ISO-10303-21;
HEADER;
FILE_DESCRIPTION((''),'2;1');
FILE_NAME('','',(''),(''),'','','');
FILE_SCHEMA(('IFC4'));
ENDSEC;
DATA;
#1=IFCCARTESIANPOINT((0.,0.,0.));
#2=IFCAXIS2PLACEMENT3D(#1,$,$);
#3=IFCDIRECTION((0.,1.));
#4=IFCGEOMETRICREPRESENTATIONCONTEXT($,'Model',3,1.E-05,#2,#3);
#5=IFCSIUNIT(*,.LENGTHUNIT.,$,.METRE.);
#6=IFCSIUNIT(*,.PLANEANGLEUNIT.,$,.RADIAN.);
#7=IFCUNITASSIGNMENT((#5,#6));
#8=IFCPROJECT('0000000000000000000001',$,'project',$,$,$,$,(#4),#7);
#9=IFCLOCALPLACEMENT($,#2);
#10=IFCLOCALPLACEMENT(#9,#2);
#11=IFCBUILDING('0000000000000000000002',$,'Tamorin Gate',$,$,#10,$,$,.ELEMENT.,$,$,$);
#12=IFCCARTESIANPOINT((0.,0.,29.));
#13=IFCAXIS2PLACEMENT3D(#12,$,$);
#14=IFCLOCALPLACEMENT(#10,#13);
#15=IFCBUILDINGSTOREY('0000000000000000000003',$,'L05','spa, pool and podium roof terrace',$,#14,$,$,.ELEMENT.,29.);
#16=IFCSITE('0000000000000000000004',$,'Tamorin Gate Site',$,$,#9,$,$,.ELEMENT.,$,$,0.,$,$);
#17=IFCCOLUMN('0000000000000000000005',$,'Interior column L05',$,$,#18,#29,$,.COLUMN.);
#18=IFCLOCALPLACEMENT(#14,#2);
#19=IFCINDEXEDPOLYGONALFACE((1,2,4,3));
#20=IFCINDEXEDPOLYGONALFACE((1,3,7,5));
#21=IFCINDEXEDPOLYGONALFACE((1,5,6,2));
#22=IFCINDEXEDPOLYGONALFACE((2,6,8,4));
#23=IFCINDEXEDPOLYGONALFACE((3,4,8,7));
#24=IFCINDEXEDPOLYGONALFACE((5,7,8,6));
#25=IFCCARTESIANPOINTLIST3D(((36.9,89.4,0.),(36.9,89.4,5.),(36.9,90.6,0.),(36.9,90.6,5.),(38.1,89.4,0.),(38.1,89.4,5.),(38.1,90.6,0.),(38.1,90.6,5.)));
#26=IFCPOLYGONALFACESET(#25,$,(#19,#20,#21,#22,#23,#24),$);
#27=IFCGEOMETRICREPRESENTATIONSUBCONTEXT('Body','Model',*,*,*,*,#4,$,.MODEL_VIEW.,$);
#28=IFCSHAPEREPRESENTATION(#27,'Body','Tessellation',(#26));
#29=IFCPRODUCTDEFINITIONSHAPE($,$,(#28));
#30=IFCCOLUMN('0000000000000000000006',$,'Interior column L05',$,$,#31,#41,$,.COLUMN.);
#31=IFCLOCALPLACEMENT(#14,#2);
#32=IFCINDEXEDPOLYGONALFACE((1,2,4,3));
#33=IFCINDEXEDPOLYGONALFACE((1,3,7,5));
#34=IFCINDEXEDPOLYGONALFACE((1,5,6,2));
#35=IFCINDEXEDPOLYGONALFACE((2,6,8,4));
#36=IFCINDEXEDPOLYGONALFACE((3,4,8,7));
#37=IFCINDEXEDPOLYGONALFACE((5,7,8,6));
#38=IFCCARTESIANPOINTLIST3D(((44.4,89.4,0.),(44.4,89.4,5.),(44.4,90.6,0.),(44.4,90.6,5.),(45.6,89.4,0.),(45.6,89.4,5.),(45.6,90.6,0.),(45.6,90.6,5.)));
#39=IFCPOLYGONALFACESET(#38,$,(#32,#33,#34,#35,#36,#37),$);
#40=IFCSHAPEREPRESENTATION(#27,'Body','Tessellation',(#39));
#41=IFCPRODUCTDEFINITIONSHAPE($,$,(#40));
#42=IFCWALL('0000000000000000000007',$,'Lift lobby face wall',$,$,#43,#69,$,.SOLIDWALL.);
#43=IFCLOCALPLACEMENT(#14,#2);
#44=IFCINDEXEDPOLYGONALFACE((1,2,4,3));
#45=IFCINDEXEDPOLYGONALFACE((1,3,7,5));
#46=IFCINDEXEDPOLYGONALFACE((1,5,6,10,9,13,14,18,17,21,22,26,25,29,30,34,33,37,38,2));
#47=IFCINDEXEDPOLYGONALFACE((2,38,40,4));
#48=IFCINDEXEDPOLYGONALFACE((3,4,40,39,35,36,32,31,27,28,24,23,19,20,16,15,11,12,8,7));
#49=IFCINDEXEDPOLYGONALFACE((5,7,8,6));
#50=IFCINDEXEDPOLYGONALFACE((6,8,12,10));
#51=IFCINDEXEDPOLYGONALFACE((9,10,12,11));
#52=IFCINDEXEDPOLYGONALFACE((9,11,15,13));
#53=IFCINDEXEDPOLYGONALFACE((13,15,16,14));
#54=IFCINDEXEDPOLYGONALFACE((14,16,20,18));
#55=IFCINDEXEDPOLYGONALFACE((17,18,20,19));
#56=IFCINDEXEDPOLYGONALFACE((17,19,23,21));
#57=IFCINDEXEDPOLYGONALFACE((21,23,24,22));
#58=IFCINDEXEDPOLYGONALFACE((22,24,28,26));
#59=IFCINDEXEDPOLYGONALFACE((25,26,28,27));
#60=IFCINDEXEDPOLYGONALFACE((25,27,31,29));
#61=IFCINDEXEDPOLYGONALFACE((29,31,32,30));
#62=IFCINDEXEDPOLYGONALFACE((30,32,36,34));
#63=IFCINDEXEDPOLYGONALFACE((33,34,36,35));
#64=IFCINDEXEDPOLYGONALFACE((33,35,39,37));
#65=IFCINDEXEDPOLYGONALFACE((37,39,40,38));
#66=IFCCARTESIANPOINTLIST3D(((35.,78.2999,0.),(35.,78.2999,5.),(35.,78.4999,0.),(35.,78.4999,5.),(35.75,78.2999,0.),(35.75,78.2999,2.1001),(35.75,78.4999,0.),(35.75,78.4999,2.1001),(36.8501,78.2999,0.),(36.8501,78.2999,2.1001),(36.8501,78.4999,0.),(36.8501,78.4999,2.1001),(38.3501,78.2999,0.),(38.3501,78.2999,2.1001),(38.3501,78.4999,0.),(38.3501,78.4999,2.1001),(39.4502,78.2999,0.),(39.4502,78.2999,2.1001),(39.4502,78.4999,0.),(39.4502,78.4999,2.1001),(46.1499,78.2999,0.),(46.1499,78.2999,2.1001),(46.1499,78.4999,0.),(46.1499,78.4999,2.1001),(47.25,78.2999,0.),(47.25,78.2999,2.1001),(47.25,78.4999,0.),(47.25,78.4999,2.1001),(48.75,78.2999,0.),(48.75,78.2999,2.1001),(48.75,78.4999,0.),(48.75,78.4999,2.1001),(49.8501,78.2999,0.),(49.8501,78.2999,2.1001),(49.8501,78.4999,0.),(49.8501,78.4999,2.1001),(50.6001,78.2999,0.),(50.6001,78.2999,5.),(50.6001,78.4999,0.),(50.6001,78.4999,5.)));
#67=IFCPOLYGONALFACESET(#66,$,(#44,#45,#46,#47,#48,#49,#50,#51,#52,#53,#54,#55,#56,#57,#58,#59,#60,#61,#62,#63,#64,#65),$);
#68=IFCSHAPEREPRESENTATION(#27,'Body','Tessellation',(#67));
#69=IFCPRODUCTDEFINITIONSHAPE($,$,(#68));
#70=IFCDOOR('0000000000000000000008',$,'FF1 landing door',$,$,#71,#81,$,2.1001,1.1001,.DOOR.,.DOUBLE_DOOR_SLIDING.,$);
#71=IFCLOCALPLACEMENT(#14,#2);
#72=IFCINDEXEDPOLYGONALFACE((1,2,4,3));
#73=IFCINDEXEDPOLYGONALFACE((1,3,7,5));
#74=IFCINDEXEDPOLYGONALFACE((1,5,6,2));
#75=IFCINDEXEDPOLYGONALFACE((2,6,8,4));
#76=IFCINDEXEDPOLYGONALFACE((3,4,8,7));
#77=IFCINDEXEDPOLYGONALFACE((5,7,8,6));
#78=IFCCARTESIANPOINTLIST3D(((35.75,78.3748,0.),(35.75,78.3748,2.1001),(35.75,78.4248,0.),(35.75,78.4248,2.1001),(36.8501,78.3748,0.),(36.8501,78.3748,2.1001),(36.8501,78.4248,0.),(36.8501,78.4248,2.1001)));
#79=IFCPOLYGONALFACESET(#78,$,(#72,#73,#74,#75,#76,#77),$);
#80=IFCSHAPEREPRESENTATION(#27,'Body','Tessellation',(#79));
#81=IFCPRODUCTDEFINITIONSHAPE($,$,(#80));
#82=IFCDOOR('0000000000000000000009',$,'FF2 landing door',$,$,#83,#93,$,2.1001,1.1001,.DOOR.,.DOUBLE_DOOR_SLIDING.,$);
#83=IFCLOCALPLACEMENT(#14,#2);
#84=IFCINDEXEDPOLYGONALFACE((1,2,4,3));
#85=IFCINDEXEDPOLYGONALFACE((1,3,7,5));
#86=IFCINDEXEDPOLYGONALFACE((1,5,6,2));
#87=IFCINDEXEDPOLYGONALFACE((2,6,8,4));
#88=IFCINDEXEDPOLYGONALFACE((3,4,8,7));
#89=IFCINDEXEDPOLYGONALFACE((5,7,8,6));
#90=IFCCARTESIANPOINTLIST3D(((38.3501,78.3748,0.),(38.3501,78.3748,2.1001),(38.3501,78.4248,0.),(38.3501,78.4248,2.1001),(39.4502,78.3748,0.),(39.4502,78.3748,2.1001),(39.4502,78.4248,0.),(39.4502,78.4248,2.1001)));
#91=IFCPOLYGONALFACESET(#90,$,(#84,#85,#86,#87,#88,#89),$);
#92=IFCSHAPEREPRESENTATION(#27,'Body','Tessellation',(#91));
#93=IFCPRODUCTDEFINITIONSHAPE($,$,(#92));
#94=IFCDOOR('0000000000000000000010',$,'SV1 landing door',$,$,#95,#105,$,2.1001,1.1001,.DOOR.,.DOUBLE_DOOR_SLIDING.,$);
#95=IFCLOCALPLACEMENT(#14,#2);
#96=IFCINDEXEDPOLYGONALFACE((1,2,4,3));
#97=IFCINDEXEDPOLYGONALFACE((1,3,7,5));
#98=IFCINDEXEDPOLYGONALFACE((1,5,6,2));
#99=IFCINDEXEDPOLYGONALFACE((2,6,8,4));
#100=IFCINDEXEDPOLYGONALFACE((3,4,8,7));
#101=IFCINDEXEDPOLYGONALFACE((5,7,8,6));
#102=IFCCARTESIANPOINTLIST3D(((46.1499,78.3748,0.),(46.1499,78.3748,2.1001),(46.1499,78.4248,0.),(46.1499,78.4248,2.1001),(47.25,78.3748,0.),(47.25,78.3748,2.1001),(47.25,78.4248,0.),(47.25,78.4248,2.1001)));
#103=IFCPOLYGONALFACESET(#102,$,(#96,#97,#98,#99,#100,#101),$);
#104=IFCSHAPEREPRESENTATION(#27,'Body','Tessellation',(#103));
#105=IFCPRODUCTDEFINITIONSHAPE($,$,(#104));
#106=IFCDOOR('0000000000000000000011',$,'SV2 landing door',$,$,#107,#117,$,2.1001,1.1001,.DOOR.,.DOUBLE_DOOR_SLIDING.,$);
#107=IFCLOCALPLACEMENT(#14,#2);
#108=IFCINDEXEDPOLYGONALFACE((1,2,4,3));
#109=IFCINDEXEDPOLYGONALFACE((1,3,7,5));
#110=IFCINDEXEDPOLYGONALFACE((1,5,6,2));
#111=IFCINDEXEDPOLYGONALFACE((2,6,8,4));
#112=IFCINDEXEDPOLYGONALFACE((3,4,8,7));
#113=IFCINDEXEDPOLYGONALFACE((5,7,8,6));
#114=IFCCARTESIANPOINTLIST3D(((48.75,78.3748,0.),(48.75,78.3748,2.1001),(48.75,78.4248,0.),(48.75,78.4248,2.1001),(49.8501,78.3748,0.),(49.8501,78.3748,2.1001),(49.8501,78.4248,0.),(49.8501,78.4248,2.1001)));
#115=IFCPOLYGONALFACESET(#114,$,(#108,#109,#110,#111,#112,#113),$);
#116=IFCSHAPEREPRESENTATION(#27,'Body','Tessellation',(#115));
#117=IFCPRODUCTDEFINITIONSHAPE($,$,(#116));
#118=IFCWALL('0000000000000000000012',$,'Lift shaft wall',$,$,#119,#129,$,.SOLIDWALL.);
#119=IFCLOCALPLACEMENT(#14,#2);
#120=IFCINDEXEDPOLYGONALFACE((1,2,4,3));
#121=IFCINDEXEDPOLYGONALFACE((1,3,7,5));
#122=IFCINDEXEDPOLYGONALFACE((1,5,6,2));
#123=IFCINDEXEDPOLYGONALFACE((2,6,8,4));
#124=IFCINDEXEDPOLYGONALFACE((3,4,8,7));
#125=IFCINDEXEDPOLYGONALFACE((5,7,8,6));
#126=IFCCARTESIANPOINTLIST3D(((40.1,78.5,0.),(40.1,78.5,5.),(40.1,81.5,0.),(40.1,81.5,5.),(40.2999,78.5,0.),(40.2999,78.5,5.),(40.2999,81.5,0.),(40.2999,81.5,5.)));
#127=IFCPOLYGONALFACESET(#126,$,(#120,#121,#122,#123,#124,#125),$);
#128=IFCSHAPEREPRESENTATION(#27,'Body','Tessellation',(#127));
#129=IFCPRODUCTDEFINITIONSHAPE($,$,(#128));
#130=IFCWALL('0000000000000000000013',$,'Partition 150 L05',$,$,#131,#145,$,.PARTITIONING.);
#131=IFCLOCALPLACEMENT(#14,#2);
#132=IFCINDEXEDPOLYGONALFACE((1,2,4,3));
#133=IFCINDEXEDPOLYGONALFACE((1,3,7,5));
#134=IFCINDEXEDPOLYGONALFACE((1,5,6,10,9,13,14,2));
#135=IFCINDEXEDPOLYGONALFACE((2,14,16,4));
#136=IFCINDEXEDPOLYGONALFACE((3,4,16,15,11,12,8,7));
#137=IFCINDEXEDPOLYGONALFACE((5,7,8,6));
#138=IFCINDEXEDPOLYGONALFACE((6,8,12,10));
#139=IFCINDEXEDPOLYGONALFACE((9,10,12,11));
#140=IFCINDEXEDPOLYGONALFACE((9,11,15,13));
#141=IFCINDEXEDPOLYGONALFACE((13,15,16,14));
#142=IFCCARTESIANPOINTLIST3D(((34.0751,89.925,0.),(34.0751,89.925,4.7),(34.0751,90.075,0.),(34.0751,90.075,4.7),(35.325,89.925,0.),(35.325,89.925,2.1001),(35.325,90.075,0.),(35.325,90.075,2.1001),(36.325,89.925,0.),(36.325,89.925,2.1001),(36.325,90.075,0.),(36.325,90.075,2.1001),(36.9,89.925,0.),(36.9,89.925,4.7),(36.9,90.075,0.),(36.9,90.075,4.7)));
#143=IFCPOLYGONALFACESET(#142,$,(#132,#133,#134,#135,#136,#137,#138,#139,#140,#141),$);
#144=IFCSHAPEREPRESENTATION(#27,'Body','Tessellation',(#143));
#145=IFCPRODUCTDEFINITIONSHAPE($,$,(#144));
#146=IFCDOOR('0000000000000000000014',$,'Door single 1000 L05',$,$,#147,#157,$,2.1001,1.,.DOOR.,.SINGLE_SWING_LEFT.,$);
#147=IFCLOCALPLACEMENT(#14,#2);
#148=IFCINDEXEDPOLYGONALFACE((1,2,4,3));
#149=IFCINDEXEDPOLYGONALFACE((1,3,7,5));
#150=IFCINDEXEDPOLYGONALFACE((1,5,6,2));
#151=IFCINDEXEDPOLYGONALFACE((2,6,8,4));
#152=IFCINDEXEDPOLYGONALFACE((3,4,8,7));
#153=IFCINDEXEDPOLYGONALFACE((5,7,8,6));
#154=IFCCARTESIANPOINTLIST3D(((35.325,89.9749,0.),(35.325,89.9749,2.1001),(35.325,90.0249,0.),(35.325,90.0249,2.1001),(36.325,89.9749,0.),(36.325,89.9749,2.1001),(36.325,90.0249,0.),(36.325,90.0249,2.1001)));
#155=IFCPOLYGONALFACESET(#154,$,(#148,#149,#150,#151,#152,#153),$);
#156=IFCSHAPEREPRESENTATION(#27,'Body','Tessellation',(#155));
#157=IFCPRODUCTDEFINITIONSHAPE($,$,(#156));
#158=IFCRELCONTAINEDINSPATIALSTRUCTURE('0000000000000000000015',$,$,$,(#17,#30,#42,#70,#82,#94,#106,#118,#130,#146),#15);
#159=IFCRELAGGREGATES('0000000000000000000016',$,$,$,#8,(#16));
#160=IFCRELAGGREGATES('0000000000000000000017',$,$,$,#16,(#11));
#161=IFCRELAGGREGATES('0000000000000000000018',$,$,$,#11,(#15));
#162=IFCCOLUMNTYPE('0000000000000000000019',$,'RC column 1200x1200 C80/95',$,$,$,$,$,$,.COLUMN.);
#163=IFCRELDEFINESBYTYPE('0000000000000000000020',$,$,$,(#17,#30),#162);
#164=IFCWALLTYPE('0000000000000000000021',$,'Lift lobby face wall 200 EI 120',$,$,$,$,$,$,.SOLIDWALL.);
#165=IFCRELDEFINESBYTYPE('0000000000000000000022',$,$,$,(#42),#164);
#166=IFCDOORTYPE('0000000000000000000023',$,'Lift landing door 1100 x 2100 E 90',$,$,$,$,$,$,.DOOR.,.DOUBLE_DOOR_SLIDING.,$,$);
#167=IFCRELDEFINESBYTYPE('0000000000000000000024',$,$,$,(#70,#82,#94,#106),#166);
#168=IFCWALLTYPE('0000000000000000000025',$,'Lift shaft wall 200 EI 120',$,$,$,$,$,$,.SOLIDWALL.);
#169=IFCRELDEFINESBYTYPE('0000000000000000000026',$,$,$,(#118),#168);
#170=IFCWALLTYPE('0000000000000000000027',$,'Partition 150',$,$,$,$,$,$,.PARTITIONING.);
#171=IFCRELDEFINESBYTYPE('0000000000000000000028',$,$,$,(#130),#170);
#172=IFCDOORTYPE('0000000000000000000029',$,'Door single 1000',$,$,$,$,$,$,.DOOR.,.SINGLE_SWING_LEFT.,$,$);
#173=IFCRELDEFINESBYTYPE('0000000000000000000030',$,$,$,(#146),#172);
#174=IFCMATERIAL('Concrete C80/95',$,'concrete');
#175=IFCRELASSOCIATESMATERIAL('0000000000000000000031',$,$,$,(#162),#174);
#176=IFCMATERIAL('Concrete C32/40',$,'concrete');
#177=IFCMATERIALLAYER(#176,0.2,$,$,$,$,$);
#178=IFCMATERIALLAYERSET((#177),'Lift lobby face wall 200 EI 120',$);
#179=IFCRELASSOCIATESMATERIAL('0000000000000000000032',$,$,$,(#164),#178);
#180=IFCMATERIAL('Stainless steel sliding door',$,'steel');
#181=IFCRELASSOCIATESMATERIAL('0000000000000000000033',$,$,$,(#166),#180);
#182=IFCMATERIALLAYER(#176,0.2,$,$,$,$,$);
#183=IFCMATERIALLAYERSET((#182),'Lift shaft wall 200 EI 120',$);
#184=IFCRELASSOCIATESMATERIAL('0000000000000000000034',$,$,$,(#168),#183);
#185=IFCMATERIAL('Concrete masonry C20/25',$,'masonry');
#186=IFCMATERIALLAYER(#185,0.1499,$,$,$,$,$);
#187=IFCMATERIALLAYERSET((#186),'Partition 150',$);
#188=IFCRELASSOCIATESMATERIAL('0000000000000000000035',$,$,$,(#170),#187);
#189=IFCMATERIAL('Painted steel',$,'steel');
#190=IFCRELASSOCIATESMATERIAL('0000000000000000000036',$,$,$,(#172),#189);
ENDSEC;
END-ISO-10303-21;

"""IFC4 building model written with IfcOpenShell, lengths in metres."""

from ifc_helpers import new_model, si_unit, direction, frame, frame_2d, origin, origin_2d, place, context, subcontext, project, spatial, rectangle, extrude, material, layer, layer_set, material_profile, profile_set, type_object, element, fill, save


model = new_model("IFC4")

# Units and contexts
model_context = context("Model", 3, precision=1e-05, world=origin(), true_north=direction((0.0, 1.0)))
body_context = subcontext(model_context, "Body", "Model", "MODEL_VIEW")
ifc_project = project(units=[si_unit("LENGTHUNIT", "METRE"), si_unit("PLANEANGLEUNIT", "RADIAN")], contexts=[model_context])

# Site, building, storey
site_placement = place(None, origin())
site = spatial("IfcSite", under=ifc_project, at=site_placement, Name="Tamorin Gate Site", CompositionType="ELEMENT", RefElevation=0.0)
building_placement = place(site_placement, origin())
building = spatial("IfcBuilding", under=site, at=building_placement, Name="Tamorin Gate", CompositionType="ELEMENT")
storey_placement = place(building_placement, frame((0.0, 0.0, 29.0)))
storey = spatial("IfcBuildingStorey", under=building, at=storey_placement, Name="L05", Description="spa, pool and podium roof terrace", CompositionType="ELEMENT", Elevation=29.0)

# Columns
ifc_material_1 = material(Name="Concrete C80/95", Category="concrete")
ifc_material_profile = material_profile(ifc_material_1, rectangle(XDim=1.2, YDim=1.2, at=origin_2d()), Name="RC 1200x1200")
ifc_profile_set = profile_set([ifc_material_profile], Name="Concrete C80/95")
column_type = type_object("IfcColumnType", Name="RC column 1200x1200 C80/95", PredefinedType="COLUMN", material=ifc_profile_set)
for number, where, z_axis, x_axis, name in (
    (1, (37.5, 90.0, 0.0), (0.0, 0.0, 1.0), (1.0, 0.0, 0.0), "Interior column L05"),
    (2, (45.0, 90.0, 0.0), (0.0, 0.0, 1.0), (1.0, 0.0, 0.0), "Interior column L05"),
):
    element("IfcColumn", number, at=place(storey_placement, frame(where, z_axis=z_axis, x_axis=x_axis)), inside=storey, type_object=column_type, Name=name, PredefinedType="COLUMN", context=body_context, shape_type="SweptSolid", body=[
        extrude(rectangle(XDim=1.2, YDim=1.2, at=origin_2d()), origin(), (0.0, 0.0, 1.0), 5.0),
    ])

# Wall, openings, doors
ifc_material_2 = material(Name="Concrete C32/40", Category="concrete")
ifc_layer_1 = layer(ifc_material_2, 0.2)
ifc_layer_set_1 = layer_set([ifc_layer_1], Name="Lift lobby face wall 200 EI 120")
wall_type_1 = type_object("IfcWallType", Name="Lift lobby face wall 200 EI 120", PredefinedType="SOLIDWALL", material=ifc_layer_set_1)
wall_1_placement = place(storey_placement, frame((35.0, 78.3999, 0.0), z_axis=(0.0, 0.0, 1.0), x_axis=(1.0, 0.0, 0.0)))
wall_1 = element("IfcWall", 3, at=wall_1_placement, inside=storey, type_object=wall_type_1, Name="Lift lobby face wall", PredefinedType="SOLIDWALL", context=body_context, shape_type="SweptSolid", body=[
    extrude(rectangle(XDim=15.6001, YDim=0.2, at=frame_2d((7.8, 0.0))), origin(), (0.0, 0.0, 1.0), 5.0),
])
opening_1_placement = place(wall_1_placement, frame((0.75, 0.0, 0.0)))
opening_1 = element("IfcOpeningElement", 4, at=opening_1_placement, cuts=wall_1, PredefinedType="OPENING", context=body_context, shape_type="SweptSolid", body=[
    extrude(rectangle(XDim=1.1001, YDim=2.1001, at=frame_2d((0.55, 1.05))), frame((0.0, 0.1099, 0.0), z_axis=(0.0, -1.0, 0.0), x_axis=(1.0, 0.0, 0.0)), (0.0, 0.0, 1.0), 0.22),
])
opening_2_placement = place(wall_1_placement, frame((3.3501, 0.0, 0.0)))
opening_2 = element("IfcOpeningElement", 5, at=opening_2_placement, cuts=wall_1, PredefinedType="OPENING", context=body_context, shape_type="SweptSolid", body=[
    extrude(rectangle(XDim=1.1001, YDim=2.1001, at=frame_2d((0.55, 1.05))), frame((0.0, 0.1099, 0.0), z_axis=(0.0, -1.0, 0.0), x_axis=(1.0, 0.0, 0.0)), (0.0, 0.0, 1.0), 0.22),
])
opening_3_placement = place(wall_1_placement, frame((11.1499, 0.0, 0.0)))
opening_3 = element("IfcOpeningElement", 6, at=opening_3_placement, cuts=wall_1, PredefinedType="OPENING", context=body_context, shape_type="SweptSolid", body=[
    extrude(rectangle(XDim=1.1001, YDim=2.1001, at=frame_2d((0.55, 1.05))), frame((0.0, 0.1099, 0.0), z_axis=(0.0, -1.0, 0.0), x_axis=(1.0, 0.0, 0.0)), (0.0, 0.0, 1.0), 0.22),
])
opening_4_placement = place(wall_1_placement, frame((13.75, 0.0, 0.0)))
opening_4 = element("IfcOpeningElement", 7, at=opening_4_placement, cuts=wall_1, PredefinedType="OPENING", context=body_context, shape_type="SweptSolid", body=[
    extrude(rectangle(XDim=1.1001, YDim=2.1001, at=frame_2d((0.55, 1.05))), frame((0.0, 0.1099, 0.0), z_axis=(0.0, -1.0, 0.0), x_axis=(1.0, 0.0, 0.0)), (0.0, 0.0, 1.0), 0.22),
])
ifc_material_3 = material(Name="Stainless steel sliding door", Category="steel")
door_type_1 = type_object("IfcDoorType", Name="Lift landing door 1100 x 2100 E 90", OperationType="DOUBLE_DOOR_SLIDING", PredefinedType="DOOR", material=ifc_material_3)
door_1_placement = place(opening_1_placement, origin())
door_1 = element("IfcDoor", 8, at=door_1_placement, inside=storey, type_object=door_type_1, Name="FF1 landing door", OperationType="DOUBLE_DOOR_SLIDING", OverallHeight=2.1001, OverallWidth=1.1001, PredefinedType="DOOR", context=body_context, shape_type="SweptSolid", body=[
    extrude(rectangle(XDim=1.1001, YDim=2.1001, at=frame_2d((0.55, 1.05))), frame((0.0, 0.0249, 0.0), z_axis=(0.0, -1.0, 0.0), x_axis=(1.0, 0.0, 0.0)), (0.0, 0.0, 1.0), 0.05),
])
fill(opening_1, door_1)
door_2_placement = place(opening_2_placement, origin())
door_2 = element("IfcDoor", 9, at=door_2_placement, inside=storey, type_object=door_type_1, Name="FF2 landing door", OperationType="DOUBLE_DOOR_SLIDING", OverallHeight=2.1001, OverallWidth=1.1001, PredefinedType="DOOR", context=body_context, shape_type="SweptSolid", body=[
    extrude(rectangle(XDim=1.1001, YDim=2.1001, at=frame_2d((0.55, 1.05))), frame((0.0, 0.0249, 0.0), z_axis=(0.0, -1.0, 0.0), x_axis=(1.0, 0.0, 0.0)), (0.0, 0.0, 1.0), 0.05),
])
fill(opening_2, door_2)
door_3_placement = place(opening_3_placement, origin())
door_3 = element("IfcDoor", 10, at=door_3_placement, inside=storey, type_object=door_type_1, Name="SV1 landing door", OperationType="DOUBLE_DOOR_SLIDING", OverallHeight=2.1001, OverallWidth=1.1001, PredefinedType="DOOR", context=body_context, shape_type="SweptSolid", body=[
    extrude(rectangle(XDim=1.1001, YDim=2.1001, at=frame_2d((0.55, 1.05))), frame((0.0, 0.0249, 0.0), z_axis=(0.0, -1.0, 0.0), x_axis=(1.0, 0.0, 0.0)), (0.0, 0.0, 1.0), 0.05),
])
fill(opening_3, door_3)
door_4_placement = place(opening_4_placement, origin())
door_4 = element("IfcDoor", 11, at=door_4_placement, inside=storey, type_object=door_type_1, Name="SV2 landing door", OperationType="DOUBLE_DOOR_SLIDING", OverallHeight=2.1001, OverallWidth=1.1001, PredefinedType="DOOR", context=body_context, shape_type="SweptSolid", body=[
    extrude(rectangle(XDim=1.1001, YDim=2.1001, at=frame_2d((0.55, 1.05))), frame((0.0, 0.0249, 0.0), z_axis=(0.0, -1.0, 0.0), x_axis=(1.0, 0.0, 0.0)), (0.0, 0.0, 1.0), 0.05),
])
fill(opening_4, door_4)

# Wall
ifc_layer_2 = layer(ifc_material_2, 0.2)
ifc_layer_set_2 = layer_set([ifc_layer_2], Name="Lift shaft wall 200 EI 120")
wall_type_2 = type_object("IfcWallType", Name="Lift shaft wall 200 EI 120", PredefinedType="SOLIDWALL", material=ifc_layer_set_2)
wall_2_placement = place(storey_placement, frame((40.2, 78.5, 0.0), z_axis=(0.0, 0.0, 1.0), x_axis=(0.0, 1.0, 0.0)))
element("IfcWall", 12, at=wall_2_placement, inside=storey, type_object=wall_type_2, Name="Lift shaft wall", PredefinedType="SOLIDWALL", context=body_context, shape_type="SweptSolid", body=[
    extrude(rectangle(XDim=3.0, YDim=0.2, at=frame_2d((1.5, 0.0))), origin(), (0.0, 0.0, 1.0), 5.0),
])

# Wall, opening, door
ifc_material_4 = material(Name="Concrete masonry C20/25", Category="masonry")
ifc_layer_3 = layer(ifc_material_4, 0.1499)
ifc_layer_set_3 = layer_set([ifc_layer_3], Name="Partition 150")
wall_type_3 = type_object("IfcWallType", Name="Partition 150", PredefinedType="PARTITIONING", material=ifc_layer_set_3)
wall_3_placement = place(storey_placement, frame((34.075, 90.0, 0.0), z_axis=(0.0, 0.0, 1.0), x_axis=(1.0, 0.0, 0.0)))
wall_3 = element("IfcWall", 13, at=wall_3_placement, inside=storey, type_object=wall_type_3, Name="Partition 150 L05", PredefinedType="PARTITIONING", context=body_context, shape_type="SweptSolid", body=[
    extrude(rectangle(XDim=2.825, YDim=0.1499, at=frame_2d((1.4126, 0.0))), origin(), (0.0, 0.0, 1.0), 4.7),
])
opening_5_placement = place(wall_3_placement, frame((1.25, 0.0, 0.0)))
opening_5 = element("IfcOpeningElement", 14, at=opening_5_placement, cuts=wall_3, PredefinedType="OPENING", context=body_context, shape_type="SweptSolid", body=[
    extrude(rectangle(XDim=1.0, YDim=2.1001, at=frame_2d((0.5, 1.05))), frame((0.0, 0.085, 0.0), z_axis=(0.0, -1.0, 0.0), x_axis=(1.0, 0.0, 0.0)), (0.0, 0.0, 1.0), 0.1699),
])
ifc_material_5 = material(Name="Painted steel", Category="steel")
door_type_2 = type_object("IfcDoorType", Name="Door single 1000", OperationType="SINGLE_SWING_LEFT", PredefinedType="DOOR", material=ifc_material_5)
door_5_placement = place(opening_5_placement, origin())
door_5 = element("IfcDoor", 15, at=door_5_placement, inside=storey, type_object=door_type_2, Name="Door single 1000 L05", OperationType="SINGLE_SWING_LEFT", OverallHeight=2.1001, OverallWidth=1.0, PredefinedType="DOOR", context=body_context, shape_type="SweptSolid", body=[
    extrude(rectangle(XDim=1.0, YDim=2.1001, at=frame_2d((0.5, 1.05))), frame((0.0, 0.0249, 0.0), z_axis=(0.0, -1.0, 0.0), x_axis=(1.0, 0.0, 0.0)), (0.0, 0.0, 1.0), 0.05),
])
fill(opening_5, door_5)

save(model, "model.ifc")
